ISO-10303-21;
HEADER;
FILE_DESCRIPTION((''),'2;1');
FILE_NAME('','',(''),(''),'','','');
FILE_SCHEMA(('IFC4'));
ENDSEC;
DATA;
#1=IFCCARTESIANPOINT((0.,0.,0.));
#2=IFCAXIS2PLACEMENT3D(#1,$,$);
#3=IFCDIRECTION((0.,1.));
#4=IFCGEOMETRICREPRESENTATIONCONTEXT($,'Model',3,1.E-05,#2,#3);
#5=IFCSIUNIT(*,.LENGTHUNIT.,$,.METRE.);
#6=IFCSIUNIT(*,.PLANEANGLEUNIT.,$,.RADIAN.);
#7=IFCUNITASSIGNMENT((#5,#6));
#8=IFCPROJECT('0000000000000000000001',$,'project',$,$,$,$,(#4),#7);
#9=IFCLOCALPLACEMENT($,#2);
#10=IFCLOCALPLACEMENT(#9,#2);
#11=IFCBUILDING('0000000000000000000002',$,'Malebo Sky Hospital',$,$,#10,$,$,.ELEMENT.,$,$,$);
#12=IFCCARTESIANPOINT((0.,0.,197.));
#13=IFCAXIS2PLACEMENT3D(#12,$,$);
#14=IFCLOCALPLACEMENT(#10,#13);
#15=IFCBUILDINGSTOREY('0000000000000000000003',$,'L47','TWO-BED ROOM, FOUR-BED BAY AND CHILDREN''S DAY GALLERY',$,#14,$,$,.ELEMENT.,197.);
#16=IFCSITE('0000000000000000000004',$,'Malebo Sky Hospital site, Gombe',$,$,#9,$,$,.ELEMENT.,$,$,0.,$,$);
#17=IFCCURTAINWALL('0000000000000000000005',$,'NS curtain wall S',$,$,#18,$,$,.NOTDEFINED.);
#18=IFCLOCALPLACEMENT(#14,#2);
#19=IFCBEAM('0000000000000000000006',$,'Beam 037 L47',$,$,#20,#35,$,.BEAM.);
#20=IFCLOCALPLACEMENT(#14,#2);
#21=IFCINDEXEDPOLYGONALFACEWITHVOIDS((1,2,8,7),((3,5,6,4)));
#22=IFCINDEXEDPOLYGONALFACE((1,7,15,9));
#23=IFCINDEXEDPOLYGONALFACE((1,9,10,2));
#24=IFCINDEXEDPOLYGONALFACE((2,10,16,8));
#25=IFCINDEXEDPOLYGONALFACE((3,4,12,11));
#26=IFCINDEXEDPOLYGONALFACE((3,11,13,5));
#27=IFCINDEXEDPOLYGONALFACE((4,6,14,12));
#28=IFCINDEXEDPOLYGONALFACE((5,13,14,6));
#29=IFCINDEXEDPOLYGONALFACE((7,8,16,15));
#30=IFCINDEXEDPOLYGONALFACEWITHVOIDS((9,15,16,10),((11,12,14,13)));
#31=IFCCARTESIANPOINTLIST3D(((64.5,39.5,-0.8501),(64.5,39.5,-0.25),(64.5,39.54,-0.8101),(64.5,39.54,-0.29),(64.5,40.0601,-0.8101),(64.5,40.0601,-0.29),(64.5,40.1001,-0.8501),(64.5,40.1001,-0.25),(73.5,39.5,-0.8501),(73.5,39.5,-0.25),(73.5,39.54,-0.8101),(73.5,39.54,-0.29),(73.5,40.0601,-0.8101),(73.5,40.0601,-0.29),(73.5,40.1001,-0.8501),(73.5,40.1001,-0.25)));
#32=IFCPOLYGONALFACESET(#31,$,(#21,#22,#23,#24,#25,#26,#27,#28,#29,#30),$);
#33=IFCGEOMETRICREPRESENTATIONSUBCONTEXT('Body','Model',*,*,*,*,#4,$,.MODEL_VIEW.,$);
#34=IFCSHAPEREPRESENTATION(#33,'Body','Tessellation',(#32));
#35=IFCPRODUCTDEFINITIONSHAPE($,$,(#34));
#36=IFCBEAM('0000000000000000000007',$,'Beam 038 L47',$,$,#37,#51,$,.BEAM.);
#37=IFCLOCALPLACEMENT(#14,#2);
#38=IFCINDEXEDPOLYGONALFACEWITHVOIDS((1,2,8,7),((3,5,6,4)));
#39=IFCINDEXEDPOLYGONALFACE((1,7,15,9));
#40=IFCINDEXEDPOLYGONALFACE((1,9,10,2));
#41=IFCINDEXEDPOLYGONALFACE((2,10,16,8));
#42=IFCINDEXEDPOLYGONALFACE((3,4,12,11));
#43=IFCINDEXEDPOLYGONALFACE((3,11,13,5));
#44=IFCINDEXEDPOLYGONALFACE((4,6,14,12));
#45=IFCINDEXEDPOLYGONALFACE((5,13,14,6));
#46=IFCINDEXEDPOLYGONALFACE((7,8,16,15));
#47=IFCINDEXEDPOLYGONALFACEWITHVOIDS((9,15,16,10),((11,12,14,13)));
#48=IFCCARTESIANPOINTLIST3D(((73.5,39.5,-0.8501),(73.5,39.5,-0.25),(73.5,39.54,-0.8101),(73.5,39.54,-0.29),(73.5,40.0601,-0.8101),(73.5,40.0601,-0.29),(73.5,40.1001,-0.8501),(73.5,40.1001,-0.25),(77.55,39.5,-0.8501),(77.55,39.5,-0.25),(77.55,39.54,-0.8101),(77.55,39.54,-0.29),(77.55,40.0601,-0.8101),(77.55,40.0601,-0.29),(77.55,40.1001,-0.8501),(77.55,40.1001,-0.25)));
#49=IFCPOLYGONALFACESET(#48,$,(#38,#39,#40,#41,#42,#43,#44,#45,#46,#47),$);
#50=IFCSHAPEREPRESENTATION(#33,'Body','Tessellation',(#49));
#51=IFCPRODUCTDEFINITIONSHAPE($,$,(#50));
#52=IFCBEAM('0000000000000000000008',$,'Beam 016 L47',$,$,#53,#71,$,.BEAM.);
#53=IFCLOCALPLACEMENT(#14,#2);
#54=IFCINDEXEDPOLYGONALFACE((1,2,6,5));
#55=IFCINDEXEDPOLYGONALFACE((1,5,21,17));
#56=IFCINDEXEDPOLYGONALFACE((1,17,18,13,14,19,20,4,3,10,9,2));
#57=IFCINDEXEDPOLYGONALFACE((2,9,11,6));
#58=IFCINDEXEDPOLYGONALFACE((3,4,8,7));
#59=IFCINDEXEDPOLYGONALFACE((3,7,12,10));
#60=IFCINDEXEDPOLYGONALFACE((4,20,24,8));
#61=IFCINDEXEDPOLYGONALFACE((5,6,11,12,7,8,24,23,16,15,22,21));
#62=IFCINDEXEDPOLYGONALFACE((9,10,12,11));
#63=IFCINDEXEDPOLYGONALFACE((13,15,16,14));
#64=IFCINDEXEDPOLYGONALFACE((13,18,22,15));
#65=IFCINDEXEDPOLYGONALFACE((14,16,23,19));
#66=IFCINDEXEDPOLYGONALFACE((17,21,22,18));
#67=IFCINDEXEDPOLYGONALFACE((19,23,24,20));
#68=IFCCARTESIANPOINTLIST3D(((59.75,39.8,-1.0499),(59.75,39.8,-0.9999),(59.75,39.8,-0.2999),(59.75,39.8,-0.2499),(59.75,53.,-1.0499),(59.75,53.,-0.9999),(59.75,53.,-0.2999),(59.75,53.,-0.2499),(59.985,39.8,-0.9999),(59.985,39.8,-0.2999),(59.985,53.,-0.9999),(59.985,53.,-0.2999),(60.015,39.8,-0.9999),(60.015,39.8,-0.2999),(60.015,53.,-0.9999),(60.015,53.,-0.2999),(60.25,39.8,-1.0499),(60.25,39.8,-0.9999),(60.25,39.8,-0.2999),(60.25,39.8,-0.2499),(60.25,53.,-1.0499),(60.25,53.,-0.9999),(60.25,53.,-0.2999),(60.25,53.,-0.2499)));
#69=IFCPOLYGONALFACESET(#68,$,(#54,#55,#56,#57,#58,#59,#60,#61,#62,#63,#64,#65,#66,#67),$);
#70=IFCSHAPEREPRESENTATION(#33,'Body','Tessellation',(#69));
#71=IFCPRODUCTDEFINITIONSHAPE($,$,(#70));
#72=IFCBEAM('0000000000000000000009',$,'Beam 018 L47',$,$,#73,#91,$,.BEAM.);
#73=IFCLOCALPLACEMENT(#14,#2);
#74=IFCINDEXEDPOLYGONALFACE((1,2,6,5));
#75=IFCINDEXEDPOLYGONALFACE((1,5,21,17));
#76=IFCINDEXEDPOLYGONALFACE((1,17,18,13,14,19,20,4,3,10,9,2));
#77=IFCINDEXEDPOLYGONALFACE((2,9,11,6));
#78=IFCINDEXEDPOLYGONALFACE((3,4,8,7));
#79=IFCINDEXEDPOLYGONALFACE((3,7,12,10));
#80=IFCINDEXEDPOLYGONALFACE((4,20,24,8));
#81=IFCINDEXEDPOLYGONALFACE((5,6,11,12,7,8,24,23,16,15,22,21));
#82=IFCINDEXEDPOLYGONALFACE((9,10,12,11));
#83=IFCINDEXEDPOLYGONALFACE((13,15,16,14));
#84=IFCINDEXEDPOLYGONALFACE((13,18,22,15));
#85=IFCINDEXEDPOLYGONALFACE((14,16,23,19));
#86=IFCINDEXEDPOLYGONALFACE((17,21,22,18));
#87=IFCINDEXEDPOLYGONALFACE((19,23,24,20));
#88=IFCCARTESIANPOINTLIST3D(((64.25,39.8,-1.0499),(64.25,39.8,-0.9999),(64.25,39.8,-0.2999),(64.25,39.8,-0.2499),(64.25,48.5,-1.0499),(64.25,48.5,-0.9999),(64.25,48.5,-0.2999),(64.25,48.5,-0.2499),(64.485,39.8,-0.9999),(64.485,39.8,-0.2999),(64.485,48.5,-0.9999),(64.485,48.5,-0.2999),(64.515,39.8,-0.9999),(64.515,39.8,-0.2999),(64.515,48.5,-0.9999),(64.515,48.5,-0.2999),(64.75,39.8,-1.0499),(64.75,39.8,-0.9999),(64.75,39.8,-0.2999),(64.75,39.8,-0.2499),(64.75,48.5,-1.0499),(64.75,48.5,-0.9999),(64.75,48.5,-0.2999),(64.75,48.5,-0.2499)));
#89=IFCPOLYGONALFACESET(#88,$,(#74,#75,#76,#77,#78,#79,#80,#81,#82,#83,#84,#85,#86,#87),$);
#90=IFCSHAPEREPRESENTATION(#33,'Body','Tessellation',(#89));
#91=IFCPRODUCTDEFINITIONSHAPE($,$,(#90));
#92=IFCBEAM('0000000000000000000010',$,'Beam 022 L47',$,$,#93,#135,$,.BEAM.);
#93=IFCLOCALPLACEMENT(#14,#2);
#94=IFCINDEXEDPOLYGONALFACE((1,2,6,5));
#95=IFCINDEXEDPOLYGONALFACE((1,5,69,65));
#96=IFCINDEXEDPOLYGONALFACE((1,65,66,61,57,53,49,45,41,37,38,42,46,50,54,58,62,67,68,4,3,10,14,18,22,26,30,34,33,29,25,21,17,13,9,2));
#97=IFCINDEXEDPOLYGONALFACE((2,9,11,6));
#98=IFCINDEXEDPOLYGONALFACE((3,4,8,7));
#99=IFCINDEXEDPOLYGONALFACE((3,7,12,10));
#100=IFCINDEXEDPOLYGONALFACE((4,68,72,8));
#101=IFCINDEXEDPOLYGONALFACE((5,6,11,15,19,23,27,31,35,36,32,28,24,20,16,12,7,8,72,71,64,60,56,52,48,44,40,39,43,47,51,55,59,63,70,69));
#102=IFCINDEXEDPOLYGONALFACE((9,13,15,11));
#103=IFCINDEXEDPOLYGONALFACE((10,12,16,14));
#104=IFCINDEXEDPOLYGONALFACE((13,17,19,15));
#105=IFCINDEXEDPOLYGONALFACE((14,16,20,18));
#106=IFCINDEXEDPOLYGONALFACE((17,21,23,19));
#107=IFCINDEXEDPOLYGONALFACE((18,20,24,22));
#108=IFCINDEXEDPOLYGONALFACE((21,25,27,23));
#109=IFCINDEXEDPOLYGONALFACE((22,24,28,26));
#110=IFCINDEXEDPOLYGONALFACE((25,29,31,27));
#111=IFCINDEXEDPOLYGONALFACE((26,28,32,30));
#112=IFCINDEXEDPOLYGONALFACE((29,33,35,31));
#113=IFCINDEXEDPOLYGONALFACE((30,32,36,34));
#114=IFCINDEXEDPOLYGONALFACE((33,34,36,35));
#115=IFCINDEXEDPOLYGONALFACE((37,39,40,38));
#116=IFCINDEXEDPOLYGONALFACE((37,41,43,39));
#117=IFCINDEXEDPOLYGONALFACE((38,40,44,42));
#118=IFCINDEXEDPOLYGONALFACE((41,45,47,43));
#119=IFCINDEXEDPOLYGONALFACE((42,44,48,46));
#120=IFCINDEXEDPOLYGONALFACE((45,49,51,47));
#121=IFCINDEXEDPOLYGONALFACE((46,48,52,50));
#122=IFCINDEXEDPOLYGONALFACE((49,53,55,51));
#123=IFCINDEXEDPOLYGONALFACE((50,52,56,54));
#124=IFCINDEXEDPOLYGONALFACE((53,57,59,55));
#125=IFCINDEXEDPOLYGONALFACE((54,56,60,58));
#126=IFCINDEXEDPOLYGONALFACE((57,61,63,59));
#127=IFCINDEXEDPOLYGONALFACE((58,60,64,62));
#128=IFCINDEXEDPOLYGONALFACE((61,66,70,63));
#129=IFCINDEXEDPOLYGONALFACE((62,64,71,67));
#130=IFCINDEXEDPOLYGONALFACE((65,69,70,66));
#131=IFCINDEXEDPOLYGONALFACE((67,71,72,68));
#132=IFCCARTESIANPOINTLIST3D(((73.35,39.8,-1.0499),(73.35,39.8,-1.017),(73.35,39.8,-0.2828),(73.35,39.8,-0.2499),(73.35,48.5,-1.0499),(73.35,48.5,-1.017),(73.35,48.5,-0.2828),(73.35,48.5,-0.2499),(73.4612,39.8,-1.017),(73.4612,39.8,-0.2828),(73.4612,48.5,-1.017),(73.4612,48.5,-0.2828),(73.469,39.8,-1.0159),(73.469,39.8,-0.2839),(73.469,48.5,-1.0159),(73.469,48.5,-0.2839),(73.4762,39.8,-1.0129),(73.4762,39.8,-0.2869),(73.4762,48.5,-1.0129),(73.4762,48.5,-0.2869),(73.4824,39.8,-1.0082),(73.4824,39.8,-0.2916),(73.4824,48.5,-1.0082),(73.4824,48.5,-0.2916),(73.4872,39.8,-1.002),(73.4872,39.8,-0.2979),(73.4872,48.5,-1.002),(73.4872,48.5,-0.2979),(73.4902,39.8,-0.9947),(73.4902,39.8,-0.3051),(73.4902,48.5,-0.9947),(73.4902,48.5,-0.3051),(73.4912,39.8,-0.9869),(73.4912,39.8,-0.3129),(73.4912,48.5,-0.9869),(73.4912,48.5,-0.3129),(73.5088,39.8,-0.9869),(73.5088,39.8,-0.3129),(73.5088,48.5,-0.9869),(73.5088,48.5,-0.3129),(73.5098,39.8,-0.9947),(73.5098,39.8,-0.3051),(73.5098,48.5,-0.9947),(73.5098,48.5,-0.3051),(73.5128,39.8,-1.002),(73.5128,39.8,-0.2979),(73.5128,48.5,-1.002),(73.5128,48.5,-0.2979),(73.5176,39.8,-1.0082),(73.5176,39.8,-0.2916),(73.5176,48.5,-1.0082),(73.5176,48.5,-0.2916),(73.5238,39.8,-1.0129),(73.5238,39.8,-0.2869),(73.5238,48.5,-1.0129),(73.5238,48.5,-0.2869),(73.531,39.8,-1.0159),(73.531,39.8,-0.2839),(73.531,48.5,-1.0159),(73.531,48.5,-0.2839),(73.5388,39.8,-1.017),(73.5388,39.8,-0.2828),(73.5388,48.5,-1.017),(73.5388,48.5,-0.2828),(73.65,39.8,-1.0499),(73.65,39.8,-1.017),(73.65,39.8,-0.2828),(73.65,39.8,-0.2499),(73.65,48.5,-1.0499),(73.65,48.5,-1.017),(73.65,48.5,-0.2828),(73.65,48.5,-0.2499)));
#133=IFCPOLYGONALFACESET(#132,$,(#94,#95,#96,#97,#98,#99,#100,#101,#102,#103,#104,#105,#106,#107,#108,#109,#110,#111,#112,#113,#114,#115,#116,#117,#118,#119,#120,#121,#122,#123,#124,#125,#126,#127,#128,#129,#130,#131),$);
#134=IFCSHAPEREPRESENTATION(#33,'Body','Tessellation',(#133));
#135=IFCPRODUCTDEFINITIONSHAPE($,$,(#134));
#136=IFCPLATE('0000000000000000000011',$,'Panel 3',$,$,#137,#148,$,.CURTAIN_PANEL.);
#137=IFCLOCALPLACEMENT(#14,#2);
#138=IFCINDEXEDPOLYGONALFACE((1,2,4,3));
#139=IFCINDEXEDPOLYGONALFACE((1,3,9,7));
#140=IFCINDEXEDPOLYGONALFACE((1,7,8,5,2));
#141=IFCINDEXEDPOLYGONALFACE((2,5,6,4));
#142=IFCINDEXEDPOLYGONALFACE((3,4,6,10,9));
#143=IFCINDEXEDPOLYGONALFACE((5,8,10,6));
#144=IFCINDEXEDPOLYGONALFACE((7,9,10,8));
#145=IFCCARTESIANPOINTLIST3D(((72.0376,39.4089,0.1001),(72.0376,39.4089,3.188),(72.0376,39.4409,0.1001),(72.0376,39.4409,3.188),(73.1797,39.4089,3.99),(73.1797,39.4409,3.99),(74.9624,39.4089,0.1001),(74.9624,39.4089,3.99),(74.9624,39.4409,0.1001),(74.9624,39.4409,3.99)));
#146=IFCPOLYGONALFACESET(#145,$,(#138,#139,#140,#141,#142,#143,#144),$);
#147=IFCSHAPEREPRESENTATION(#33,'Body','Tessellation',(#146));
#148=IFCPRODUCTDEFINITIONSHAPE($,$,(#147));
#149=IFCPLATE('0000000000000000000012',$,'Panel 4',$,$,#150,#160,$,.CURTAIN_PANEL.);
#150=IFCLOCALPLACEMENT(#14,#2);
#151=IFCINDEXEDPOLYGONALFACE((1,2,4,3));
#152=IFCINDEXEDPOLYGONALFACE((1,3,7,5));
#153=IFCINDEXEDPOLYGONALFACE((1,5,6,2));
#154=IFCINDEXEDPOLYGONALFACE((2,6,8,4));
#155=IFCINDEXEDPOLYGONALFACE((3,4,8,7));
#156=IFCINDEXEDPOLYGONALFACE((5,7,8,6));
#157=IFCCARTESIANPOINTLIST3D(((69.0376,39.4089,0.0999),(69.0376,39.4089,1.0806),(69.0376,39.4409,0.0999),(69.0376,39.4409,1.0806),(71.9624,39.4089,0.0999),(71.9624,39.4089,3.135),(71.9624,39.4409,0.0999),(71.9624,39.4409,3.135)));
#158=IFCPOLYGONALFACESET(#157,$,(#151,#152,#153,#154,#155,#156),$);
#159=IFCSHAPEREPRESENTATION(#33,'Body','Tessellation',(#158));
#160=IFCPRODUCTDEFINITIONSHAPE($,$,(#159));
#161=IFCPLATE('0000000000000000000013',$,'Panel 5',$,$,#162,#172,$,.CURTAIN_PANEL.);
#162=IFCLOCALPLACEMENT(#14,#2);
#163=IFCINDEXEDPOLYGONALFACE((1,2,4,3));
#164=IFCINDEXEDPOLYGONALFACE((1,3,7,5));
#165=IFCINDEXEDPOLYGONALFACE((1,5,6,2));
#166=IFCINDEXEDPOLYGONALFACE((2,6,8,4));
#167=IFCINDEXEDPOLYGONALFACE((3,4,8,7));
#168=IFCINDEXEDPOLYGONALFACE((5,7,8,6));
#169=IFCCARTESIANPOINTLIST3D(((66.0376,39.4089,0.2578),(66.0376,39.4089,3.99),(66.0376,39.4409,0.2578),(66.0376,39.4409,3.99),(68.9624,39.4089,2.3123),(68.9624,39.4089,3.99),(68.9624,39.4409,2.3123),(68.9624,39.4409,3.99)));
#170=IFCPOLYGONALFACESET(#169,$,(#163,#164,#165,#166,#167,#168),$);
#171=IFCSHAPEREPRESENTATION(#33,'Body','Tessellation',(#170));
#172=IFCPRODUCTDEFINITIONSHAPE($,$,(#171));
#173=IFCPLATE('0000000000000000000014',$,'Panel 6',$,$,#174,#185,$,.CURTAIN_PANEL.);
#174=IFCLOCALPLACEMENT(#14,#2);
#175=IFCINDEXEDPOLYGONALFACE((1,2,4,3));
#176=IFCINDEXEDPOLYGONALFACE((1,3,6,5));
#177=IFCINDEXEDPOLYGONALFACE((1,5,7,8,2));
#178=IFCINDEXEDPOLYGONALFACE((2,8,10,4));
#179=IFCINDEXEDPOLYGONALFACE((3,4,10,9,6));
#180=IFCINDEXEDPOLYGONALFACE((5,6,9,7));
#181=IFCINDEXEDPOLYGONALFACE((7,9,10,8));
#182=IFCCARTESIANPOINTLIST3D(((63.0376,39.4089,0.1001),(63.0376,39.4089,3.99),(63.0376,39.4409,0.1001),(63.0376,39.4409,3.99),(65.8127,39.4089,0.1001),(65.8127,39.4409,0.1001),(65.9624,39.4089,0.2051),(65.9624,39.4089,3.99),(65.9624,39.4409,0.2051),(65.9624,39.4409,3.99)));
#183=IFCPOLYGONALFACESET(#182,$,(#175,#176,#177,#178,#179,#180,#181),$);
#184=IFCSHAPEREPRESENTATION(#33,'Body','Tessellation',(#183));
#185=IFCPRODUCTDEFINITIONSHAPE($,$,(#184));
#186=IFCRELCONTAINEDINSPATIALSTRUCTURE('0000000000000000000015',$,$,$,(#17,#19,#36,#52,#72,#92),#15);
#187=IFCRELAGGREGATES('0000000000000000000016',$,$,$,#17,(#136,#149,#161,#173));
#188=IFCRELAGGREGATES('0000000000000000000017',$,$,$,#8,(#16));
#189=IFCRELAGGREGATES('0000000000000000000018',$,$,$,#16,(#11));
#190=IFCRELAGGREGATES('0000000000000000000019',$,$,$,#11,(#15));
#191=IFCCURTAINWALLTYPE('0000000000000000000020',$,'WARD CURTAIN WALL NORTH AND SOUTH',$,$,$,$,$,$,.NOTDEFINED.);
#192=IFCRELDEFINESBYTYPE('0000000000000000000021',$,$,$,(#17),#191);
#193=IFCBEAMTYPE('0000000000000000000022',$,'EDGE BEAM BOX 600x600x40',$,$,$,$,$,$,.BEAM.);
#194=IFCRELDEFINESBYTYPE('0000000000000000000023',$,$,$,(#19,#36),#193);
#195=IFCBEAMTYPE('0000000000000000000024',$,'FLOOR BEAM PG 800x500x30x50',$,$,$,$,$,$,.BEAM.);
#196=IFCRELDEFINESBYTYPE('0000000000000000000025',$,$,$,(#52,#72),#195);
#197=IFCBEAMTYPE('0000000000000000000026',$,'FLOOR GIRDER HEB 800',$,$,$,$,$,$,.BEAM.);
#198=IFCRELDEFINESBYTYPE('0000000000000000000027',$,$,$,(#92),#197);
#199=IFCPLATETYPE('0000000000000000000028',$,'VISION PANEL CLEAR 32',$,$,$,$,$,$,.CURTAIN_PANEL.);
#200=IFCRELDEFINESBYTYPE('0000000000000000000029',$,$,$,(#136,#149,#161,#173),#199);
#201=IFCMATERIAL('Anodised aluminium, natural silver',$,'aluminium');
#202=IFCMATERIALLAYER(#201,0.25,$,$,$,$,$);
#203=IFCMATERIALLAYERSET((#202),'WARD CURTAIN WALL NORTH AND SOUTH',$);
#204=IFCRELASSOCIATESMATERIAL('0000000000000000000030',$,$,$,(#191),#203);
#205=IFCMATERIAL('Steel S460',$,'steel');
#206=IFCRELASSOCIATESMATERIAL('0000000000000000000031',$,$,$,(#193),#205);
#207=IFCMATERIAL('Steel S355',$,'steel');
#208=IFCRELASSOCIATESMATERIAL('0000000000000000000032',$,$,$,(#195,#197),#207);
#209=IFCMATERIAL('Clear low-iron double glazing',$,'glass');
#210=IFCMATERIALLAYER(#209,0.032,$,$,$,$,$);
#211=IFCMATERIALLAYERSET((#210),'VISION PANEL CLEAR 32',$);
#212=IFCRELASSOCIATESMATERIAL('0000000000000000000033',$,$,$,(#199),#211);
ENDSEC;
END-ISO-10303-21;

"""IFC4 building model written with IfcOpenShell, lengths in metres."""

from ifc_helpers import new_model, si_unit, direction, frame, origin, origin_2d, place, context, subcontext, project, spatial, polyline, hollow_rectangle, i_section, outline, extrude, material, layer, layer_set, material_profile, profile_set, type_object, element, aggregate, save


model = new_model("IFC4")

# Units and contexts
model_context = context("Model", 3, precision=1e-05, world=origin(), true_north=direction((0.0, 1.0)))
body_context = subcontext(model_context, "Body", "Model", "MODEL_VIEW")
ifc_project = project(units=[si_unit("LENGTHUNIT", "METRE"), si_unit("PLANEANGLEUNIT", "RADIAN")], contexts=[model_context])

# Site, building, storey
site_placement = place(None, origin())
site = spatial("IfcSite", under=ifc_project, at=site_placement, Name="Malebo Sky Hospital site, Gombe", CompositionType="ELEMENT", RefElevation=0.0)
building_placement = place(site_placement, origin())
building = spatial("IfcBuilding", under=site, at=building_placement, Name="Malebo Sky Hospital", CompositionType="ELEMENT")
storey_placement = place(building_placement, frame((0.0, 0.0, 197.0)))
storey = spatial("IfcBuildingStorey", under=building, at=storey_placement, Name="L47", Description="TWO-BED ROOM, FOUR-BED BAY AND CHILDREN'S DAY GALLERY", CompositionType="ELEMENT", Elevation=197.0)

# Shared definitions
ifc_material_1 = material(Name="Steel S460", Category="steel")

# Curtain wall
ifc_material_2 = material(Name="Anodised aluminium, natural silver", Category="aluminium")
ifc_layer_1 = layer(ifc_material_2, 0.25)
ifc_layer_set_1 = layer_set([ifc_layer_1], Name="WARD CURTAIN WALL NORTH AND SOUTH")
curtain_wall_type = type_object("IfcCurtainWallType", Name="WARD CURTAIN WALL NORTH AND SOUTH", PredefinedType="NOTDEFINED", material=ifc_layer_set_1)
curtain_wall_placement = place(storey_placement, origin())
curtain_wall = element("IfcCurtainWall", 1, at=curtain_wall_placement, inside=storey, type_object=curtain_wall_type, Name="NS curtain wall S", PredefinedType="NOTDEFINED")

# Shared definitions
ifc_material_3 = material(Name="Steel S355", Category="steel")

# Beams
ifc_material_profile_1 = material_profile(ifc_material_1, hollow_rectangle(XDim=0.6001, YDim=0.6001, WallThickness=0.04, at=origin_2d()), Name="BOX 600x600x40")
ifc_profile_set_1 = profile_set([ifc_material_profile_1], Name="Steel S460")
beam_type_1 = type_object("IfcBeamType", Name="EDGE BEAM BOX 600x600x40", PredefinedType="BEAM", material=ifc_profile_set_1)
beam_1_placement = place(storey_placement, frame((64.5, 39.8, -0.55), z_axis=(1.0, 0.0, 0.0), x_axis=(0.0, 1.0, 0.0)))
element("IfcBeam", 2, at=beam_1_placement, inside=storey, type_object=beam_type_1, Name="Beam 037 L47", PredefinedType="BEAM", context=body_context, shape_type="SweptSolid", body=[
    extrude(hollow_rectangle(XDim=0.6001, YDim=0.6001, WallThickness=0.04, at=origin_2d()), origin(), (0.0, 0.0, 1.0), 9.0),
])
beam_2_placement = place(storey_placement, frame((73.5, 39.8, -0.55), z_axis=(1.0, 0.0, 0.0), x_axis=(0.0, 1.0, 0.0)))
element("IfcBeam", 3, at=beam_2_placement, inside=storey, type_object=beam_type_1, Name="Beam 038 L47", PredefinedType="BEAM", context=body_context, shape_type="SweptSolid", body=[
    extrude(hollow_rectangle(XDim=0.6001, YDim=0.6001, WallThickness=0.04, at=origin_2d()), origin(), (0.0, 0.0, 1.0), 4.05),
])
ifc_material_profile_2 = material_profile(ifc_material_3, i_section(OverallWidth=0.5, OverallDepth=0.8, WebThickness=0.03, FlangeThickness=0.05, at=origin_2d()), Name="PG 800x500x30x50")
ifc_profile_set_2 = profile_set([ifc_material_profile_2], Name="Steel S355")
beam_type_2 = type_object("IfcBeamType", Name="FLOOR BEAM PG 800x500x30x50", PredefinedType="BEAM", material=ifc_profile_set_2)
beam_3_placement = place(storey_placement, frame((60.0, 39.8, -0.6499), z_axis=(0.0, 1.0, 0.0), x_axis=(-1.0, 0.0, 0.0)))
element("IfcBeam", 4, at=beam_3_placement, inside=storey, type_object=beam_type_2, Name="Beam 016 L47", PredefinedType="BEAM", context=body_context, shape_type="SweptSolid", body=[
    extrude(i_section(OverallWidth=0.5, OverallDepth=0.8, WebThickness=0.03, FlangeThickness=0.05, at=origin_2d()), origin(), (0.0, 0.0, 1.0), 13.2),
])
beam_4_placement = place(storey_placement, frame((64.5, 39.8, -0.6499), z_axis=(0.0, 1.0, 0.0), x_axis=(-1.0, 0.0, 0.0)))
element("IfcBeam", 5, at=beam_4_placement, inside=storey, type_object=beam_type_2, Name="Beam 018 L47", PredefinedType="BEAM", context=body_context, shape_type="SweptSolid", body=[
    extrude(i_section(OverallWidth=0.5, OverallDepth=0.8, WebThickness=0.03, FlangeThickness=0.05, at=origin_2d()), origin(), (0.0, 0.0, 1.0), 8.7),
])
ifc_material_profile_3 = material_profile(ifc_material_3, i_section(OverallWidth=0.3, OverallDepth=0.8, WebThickness=0.0176, FlangeThickness=0.033, FilletRadius=0.03, at=origin_2d()), Name="HEB 800")
ifc_profile_set_3 = profile_set([ifc_material_profile_3], Name="Steel S355")
beam_type_3 = type_object("IfcBeamType", Name="FLOOR GIRDER HEB 800", PredefinedType="BEAM", material=ifc_profile_set_3)
beam_5_placement = place(storey_placement, frame((73.5, 39.8, -0.6499), z_axis=(0.0, 1.0, 0.0), x_axis=(-1.0, 0.0, 0.0)))
element("IfcBeam", 6, at=beam_5_placement, inside=storey, type_object=beam_type_3, Name="Beam 022 L47", PredefinedType="BEAM", context=body_context, shape_type="SweptSolid", body=[
    extrude(i_section(OverallWidth=0.3, OverallDepth=0.8, WebThickness=0.0176, FlangeThickness=0.033, FilletRadius=0.03, at=origin_2d()), origin(), (0.0, 0.0, 1.0), 8.7),
])

# Plates
ifc_material_4 = material(Name="Clear low-iron double glazing", Category="glass")
ifc_layer_2 = layer(ifc_material_4, 0.032)
ifc_layer_set_2 = layer_set([ifc_layer_2], Name="VISION PANEL CLEAR 32")
plate_type = type_object("IfcPlateType", Name="VISION PANEL CLEAR 32", PredefinedType="CURTAIN_PANEL", material=ifc_layer_set_2)
plate_1_placement = place(storey_placement, frame((73.5, 39.425, 0.1001), z_axis=(0.0, 0.0, 1.0), x_axis=(-1.0, 0.0, 0.0)))
plate_1 = element("IfcPlate", 7, at=plate_1_placement, type_object=plate_type, Name="Panel 3", PredefinedType="CURTAIN_PANEL", context=body_context, shape_type="SweptSolid", body=[
    extrude(outline(polyline([(-1.4624, 0.0), (1.4624, 0.0), (1.4624, 3.0879), (0.3203, 3.8899), (-1.4624, 3.8899), (-1.4624, 0.0)])), frame((0.0, 0.0161, 0.0), z_axis=(0.0, -1.0, 0.0), x_axis=(1.0, 0.0, 0.0)), (0.0, 0.0, 1.0), 0.032),
])
plate_2_placement = place(storey_placement, frame((70.5, 39.425, 0.0999), z_axis=(0.0, 0.0, 1.0), x_axis=(-1.0, 0.0, 0.0)))
plate_2 = element("IfcPlate", 8, at=plate_2_placement, type_object=plate_type, Name="Panel 4", PredefinedType="CURTAIN_PANEL", context=body_context, shape_type="SweptSolid", body=[
    extrude(outline(polyline([(-1.4624, 0.0), (1.4624, 0.0), (1.4624, 0.9807), (-1.4624, 3.0352), (-1.4624, 0.0)])), frame((0.0, 0.0161, 0.0), z_axis=(0.0, -1.0, 0.0), x_axis=(1.0, 0.0, 0.0)), (0.0, 0.0, 1.0), 0.032),
])
plate_3_placement = place(storey_placement, frame((67.5, 39.425, 0.2578), z_axis=(0.0, 0.0, 1.0), x_axis=(-1.0, 0.0, 0.0)))
plate_3 = element("IfcPlate", 9, at=plate_3_placement, type_object=plate_type, Name="Panel 5", PredefinedType="CURTAIN_PANEL", context=body_context, shape_type="SweptSolid", body=[
    extrude(outline(polyline([(1.4624, 0.0), (1.4624, 3.7322), (-1.4624, 3.7322), (-1.4624, 2.0544), (1.4624, 0.0)])), frame((0.0, 0.0161, 0.0), z_axis=(0.0, -1.0, 0.0), x_axis=(1.0, 0.0, 0.0)), (0.0, 0.0, 1.0), 0.032),
])
plate_4_placement = place(storey_placement, frame((64.5, 39.425, 0.1001), z_axis=(0.0, 0.0, 1.0), x_axis=(-1.0, 0.0, 0.0)))
plate_4 = element("IfcPlate", 10, at=plate_4_placement, type_object=plate_type, Name="Panel 6", PredefinedType="CURTAIN_PANEL", context=body_context, shape_type="SweptSolid", body=[
    extrude(outline(polyline([(-1.3127, 0.0), (1.4624, 0.0), (1.4624, 3.8899), (-1.4624, 3.8899), (-1.4624, 0.105), (-1.3127, 0.0)])), frame((0.0, 0.0161, 0.0), z_axis=(0.0, -1.0, 0.0), x_axis=(1.0, 0.0, 0.0)), (0.0, 0.0, 1.0), 0.032),
])
aggregate(curtain_wall, [plate_1, plate_2, plate_3, plate_4])

save(model, "model.ifc")
